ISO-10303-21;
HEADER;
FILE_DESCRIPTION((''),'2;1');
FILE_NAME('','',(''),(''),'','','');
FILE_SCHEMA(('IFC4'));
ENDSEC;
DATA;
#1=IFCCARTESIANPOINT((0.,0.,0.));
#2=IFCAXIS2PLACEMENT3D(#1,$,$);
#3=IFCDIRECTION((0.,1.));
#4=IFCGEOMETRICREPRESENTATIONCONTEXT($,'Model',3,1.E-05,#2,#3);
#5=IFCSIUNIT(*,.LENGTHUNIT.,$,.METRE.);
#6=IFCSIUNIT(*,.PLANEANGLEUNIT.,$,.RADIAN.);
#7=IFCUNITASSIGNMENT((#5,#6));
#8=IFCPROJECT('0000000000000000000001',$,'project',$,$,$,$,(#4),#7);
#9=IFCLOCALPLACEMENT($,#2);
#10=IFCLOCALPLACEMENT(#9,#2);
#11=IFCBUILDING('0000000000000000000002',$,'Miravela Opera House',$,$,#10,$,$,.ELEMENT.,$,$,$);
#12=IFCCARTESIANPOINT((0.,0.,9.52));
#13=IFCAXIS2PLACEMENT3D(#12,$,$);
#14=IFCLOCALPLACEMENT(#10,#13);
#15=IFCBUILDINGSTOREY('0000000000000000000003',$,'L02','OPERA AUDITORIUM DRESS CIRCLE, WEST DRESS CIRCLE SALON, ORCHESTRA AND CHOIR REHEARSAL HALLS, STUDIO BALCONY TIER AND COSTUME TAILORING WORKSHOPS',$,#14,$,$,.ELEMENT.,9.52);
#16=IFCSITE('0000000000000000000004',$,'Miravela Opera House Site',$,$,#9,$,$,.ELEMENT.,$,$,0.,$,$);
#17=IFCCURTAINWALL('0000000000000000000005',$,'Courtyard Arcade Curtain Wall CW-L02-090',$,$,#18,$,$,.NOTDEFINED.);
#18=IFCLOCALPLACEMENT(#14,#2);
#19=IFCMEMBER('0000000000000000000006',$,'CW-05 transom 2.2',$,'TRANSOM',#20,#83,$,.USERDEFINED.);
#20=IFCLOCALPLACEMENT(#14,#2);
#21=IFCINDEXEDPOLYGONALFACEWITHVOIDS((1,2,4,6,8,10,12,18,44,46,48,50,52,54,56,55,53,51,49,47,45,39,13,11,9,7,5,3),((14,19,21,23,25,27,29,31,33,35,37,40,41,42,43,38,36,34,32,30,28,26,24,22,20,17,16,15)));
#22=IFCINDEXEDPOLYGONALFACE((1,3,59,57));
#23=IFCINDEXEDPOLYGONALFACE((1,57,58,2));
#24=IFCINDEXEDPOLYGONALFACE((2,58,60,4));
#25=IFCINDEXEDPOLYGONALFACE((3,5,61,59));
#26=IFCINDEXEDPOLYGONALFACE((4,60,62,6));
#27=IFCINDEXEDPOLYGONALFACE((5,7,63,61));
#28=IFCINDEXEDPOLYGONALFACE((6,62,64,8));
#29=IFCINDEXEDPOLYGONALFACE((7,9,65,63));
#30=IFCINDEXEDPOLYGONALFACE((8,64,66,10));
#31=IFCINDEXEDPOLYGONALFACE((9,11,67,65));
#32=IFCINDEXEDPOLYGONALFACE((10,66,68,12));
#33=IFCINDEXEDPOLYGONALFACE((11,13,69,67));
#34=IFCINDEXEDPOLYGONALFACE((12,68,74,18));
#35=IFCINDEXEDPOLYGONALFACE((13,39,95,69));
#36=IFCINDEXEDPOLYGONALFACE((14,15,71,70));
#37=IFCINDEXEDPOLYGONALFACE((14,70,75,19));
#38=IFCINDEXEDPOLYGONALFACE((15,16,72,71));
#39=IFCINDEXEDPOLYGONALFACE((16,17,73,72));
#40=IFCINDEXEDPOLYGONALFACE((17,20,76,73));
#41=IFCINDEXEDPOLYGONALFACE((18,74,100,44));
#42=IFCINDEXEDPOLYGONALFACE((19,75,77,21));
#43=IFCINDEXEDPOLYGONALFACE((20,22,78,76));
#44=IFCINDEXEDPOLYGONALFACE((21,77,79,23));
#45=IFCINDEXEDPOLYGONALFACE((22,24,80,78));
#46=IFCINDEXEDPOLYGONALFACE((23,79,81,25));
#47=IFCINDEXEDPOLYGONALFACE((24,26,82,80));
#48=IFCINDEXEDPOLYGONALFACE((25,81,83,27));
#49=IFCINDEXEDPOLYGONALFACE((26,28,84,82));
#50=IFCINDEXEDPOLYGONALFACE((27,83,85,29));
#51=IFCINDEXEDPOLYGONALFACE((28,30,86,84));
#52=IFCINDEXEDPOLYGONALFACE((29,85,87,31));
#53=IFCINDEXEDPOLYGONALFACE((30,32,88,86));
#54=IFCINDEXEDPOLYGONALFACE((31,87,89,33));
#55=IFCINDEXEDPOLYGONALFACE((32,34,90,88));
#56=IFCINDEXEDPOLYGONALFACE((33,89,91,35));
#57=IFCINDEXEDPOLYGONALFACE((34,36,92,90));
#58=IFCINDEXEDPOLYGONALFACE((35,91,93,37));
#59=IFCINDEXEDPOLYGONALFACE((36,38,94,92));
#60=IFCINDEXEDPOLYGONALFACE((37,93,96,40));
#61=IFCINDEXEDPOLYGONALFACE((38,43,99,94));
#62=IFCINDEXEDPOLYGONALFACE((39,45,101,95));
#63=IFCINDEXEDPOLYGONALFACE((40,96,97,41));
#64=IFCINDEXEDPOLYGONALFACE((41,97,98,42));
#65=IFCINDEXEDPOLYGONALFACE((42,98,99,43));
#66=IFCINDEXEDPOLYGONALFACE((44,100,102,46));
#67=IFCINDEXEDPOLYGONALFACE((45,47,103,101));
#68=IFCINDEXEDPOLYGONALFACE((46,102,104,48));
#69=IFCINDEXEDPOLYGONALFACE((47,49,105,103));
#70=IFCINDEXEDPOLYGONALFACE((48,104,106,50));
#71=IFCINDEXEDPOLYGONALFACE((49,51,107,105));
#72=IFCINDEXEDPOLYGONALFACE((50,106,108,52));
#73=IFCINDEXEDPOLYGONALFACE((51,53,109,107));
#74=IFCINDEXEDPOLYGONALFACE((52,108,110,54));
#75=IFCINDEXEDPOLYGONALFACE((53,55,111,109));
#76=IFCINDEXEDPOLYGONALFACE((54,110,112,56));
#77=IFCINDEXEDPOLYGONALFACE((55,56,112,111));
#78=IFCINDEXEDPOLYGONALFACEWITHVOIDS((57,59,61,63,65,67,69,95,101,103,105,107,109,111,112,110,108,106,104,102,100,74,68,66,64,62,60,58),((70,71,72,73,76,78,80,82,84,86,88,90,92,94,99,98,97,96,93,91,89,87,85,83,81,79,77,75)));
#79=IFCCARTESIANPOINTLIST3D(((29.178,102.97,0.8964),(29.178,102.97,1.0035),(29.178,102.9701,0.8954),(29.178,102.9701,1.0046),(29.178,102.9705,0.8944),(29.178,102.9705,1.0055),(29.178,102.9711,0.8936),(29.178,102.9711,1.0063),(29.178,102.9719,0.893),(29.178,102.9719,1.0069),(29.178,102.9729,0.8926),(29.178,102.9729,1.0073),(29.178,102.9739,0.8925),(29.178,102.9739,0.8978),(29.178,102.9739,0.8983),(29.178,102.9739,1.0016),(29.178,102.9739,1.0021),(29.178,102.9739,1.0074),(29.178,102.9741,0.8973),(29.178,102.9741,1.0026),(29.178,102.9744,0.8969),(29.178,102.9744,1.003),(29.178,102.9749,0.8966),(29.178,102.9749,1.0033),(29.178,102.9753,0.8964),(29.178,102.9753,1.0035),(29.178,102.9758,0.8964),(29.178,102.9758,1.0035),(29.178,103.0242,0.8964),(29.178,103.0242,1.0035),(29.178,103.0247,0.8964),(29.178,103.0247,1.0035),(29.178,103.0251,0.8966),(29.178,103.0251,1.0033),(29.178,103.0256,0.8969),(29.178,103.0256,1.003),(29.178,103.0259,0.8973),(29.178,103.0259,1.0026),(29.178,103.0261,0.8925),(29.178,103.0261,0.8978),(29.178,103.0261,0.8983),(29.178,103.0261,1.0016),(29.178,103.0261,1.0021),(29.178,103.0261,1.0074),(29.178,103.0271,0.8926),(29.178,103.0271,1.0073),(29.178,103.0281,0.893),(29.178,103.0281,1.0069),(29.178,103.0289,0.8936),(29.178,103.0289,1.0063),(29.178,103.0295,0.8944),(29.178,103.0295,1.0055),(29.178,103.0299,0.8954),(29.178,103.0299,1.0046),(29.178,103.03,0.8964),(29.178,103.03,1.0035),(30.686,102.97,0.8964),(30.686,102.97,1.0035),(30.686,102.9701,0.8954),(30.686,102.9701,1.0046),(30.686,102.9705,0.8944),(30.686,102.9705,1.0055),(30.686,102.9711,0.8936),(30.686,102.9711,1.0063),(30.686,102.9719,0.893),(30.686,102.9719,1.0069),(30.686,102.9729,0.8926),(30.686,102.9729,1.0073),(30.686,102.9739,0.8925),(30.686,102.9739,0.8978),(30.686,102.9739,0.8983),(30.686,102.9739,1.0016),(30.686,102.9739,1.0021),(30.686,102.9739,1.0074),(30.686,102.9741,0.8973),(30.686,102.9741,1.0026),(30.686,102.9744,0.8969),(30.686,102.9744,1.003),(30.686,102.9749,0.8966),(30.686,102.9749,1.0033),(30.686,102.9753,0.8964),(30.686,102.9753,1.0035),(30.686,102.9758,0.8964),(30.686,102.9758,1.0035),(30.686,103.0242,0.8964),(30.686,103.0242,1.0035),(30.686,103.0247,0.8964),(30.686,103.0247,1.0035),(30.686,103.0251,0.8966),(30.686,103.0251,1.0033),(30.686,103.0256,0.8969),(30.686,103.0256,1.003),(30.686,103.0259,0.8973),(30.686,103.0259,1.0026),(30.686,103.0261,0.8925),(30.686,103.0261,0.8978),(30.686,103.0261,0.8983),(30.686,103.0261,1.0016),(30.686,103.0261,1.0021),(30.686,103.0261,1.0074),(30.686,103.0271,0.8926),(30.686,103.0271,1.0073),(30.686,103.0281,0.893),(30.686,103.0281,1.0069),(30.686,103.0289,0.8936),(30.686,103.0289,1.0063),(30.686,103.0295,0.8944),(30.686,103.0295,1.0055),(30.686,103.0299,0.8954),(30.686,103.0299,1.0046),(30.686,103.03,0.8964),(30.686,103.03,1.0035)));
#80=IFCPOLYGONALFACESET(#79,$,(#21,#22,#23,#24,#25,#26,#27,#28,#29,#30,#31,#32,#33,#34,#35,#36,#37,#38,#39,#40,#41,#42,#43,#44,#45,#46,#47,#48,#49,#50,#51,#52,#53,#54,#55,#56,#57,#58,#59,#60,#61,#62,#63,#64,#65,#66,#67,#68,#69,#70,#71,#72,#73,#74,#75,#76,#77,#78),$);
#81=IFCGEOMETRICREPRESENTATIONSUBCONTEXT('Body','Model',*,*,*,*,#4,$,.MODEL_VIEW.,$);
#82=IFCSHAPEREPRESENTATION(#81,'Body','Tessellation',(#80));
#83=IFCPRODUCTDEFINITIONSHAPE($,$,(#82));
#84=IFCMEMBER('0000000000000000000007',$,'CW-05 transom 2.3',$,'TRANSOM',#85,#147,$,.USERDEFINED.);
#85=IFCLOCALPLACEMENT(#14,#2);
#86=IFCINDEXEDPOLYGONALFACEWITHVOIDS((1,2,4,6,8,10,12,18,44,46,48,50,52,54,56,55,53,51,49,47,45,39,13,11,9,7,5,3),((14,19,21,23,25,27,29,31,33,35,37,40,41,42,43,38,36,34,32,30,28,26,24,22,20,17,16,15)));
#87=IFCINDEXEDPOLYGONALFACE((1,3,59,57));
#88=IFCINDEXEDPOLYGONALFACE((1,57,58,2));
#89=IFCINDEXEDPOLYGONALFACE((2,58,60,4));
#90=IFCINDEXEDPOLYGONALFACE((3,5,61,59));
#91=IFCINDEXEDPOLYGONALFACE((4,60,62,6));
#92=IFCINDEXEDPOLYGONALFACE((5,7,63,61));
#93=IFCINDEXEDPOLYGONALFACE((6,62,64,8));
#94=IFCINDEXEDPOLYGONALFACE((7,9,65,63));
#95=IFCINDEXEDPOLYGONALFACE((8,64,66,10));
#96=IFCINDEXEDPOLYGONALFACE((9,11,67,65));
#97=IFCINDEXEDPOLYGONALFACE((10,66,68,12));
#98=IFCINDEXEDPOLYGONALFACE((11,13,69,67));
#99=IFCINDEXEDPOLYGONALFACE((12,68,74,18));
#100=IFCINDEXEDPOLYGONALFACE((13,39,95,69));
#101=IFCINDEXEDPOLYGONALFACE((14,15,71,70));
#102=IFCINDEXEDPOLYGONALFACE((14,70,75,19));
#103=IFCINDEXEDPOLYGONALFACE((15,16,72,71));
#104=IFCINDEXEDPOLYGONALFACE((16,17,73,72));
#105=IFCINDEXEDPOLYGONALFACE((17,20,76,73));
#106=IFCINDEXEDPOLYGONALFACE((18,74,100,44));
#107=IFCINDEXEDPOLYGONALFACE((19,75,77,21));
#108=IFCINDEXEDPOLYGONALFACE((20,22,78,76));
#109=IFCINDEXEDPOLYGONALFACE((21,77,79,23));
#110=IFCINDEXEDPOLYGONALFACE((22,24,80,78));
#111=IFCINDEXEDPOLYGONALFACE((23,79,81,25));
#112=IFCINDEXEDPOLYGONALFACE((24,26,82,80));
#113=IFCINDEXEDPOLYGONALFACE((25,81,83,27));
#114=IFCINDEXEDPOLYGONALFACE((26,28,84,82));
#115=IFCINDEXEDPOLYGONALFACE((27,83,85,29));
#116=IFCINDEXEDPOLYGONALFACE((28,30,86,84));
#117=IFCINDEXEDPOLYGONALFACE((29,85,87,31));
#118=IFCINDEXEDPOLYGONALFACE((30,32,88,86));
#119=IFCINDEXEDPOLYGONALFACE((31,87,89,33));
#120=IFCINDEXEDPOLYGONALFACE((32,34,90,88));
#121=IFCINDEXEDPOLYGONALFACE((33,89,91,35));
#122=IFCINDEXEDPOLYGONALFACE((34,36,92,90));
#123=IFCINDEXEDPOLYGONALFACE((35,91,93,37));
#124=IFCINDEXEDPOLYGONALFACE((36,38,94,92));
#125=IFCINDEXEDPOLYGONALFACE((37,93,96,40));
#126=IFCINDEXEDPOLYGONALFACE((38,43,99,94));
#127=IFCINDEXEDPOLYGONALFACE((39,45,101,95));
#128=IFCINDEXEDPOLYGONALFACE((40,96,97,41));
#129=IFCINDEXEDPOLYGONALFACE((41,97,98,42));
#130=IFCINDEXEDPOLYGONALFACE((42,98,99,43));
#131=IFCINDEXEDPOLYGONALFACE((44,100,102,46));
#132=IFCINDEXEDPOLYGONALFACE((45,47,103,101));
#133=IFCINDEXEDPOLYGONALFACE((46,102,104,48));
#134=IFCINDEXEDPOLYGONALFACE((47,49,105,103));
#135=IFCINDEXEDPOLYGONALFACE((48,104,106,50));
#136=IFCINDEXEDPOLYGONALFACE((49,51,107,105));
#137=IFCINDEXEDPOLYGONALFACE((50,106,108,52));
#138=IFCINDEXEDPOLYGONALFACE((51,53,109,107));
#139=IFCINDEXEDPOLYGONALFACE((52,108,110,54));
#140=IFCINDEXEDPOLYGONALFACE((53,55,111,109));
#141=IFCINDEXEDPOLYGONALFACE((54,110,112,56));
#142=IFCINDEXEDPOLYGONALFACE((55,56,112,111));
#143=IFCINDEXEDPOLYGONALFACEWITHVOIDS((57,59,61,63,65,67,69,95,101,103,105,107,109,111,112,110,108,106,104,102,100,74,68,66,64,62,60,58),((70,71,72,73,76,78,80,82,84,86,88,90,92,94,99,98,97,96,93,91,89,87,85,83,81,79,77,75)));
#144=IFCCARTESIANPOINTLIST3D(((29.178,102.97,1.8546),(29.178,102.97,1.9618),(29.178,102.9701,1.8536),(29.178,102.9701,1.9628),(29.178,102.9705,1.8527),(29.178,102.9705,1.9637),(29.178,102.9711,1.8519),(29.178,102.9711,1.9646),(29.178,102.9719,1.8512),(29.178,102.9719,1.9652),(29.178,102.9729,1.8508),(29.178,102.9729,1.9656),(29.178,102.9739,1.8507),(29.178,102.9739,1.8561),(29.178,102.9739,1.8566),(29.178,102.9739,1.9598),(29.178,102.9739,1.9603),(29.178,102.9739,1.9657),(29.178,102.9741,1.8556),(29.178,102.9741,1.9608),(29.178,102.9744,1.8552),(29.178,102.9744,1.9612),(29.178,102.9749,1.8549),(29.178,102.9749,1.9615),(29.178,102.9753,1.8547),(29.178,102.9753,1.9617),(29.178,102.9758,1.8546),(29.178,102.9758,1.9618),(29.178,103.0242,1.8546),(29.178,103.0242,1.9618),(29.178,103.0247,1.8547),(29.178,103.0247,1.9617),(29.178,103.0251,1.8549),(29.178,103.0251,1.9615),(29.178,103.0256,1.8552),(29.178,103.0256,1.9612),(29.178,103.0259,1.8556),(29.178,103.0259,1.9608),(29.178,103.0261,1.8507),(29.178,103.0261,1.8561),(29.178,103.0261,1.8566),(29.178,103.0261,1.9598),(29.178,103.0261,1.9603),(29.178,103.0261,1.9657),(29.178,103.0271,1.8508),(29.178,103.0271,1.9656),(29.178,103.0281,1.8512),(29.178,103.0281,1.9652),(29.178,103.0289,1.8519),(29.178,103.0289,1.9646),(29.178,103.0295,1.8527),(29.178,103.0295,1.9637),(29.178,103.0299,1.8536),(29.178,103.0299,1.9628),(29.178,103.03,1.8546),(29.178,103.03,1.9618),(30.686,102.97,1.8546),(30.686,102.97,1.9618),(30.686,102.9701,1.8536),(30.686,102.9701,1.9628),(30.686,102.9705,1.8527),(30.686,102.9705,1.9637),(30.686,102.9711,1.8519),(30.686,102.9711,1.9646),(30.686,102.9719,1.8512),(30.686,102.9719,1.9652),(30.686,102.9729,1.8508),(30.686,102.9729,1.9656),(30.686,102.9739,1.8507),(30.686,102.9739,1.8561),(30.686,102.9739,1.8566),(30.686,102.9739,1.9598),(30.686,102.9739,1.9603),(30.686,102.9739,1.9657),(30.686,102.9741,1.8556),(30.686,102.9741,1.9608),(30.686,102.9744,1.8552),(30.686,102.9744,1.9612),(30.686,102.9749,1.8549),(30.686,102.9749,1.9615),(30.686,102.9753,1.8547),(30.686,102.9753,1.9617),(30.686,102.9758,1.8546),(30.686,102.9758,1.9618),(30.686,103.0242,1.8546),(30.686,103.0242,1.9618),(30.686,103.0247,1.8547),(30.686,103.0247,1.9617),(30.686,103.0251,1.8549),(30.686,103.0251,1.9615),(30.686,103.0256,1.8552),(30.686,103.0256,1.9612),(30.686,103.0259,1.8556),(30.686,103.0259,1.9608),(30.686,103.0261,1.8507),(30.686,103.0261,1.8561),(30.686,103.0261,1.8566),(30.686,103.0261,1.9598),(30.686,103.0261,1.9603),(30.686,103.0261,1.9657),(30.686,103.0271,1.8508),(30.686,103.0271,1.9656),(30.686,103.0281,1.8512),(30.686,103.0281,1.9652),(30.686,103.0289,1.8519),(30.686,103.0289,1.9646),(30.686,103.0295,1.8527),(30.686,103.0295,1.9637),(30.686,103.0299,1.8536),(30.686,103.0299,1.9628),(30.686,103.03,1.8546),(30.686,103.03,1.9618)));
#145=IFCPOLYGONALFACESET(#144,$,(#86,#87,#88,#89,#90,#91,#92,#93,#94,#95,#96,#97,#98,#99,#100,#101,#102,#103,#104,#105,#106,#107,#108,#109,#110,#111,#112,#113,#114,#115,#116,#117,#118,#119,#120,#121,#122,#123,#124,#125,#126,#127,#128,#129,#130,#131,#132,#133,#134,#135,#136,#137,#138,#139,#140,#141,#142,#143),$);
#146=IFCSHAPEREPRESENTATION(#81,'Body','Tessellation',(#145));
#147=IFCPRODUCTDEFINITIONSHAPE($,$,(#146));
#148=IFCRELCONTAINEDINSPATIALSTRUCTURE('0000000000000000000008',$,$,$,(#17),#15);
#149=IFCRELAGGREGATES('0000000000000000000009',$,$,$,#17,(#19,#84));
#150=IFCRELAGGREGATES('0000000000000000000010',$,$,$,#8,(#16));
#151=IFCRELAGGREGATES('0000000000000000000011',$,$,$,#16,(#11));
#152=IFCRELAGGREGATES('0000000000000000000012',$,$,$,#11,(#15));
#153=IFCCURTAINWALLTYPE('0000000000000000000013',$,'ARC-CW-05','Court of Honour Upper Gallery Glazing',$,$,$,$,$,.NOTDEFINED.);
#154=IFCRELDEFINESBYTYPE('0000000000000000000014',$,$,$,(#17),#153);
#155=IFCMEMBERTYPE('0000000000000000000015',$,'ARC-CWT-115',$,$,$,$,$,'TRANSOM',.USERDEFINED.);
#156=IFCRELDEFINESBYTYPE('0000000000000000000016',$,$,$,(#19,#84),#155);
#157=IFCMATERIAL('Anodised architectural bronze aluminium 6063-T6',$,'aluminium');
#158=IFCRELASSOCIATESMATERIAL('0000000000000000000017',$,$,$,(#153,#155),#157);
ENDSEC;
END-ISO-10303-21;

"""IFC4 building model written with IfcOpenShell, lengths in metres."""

from ifc_helpers import new_model, si_unit, direction, frame, origin, origin_2d, place, context, subcontext, project, spatial, hollow_rectangle, extrude, material, material_profile, profile_set, type_object, element, aggregate, save


model = new_model("IFC4")

# Units and contexts
model_context = context("Model", 3, precision=1e-05, world=origin(), true_north=direction((0.0, 1.0)))
body_context = subcontext(model_context, "Body", "Model", "MODEL_VIEW")
ifc_project = project(units=[si_unit("LENGTHUNIT", "METRE"), si_unit("PLANEANGLEUNIT", "RADIAN")], contexts=[model_context])

# Site, building, storey
site_placement = place(None, origin())
site = spatial("IfcSite", under=ifc_project, at=site_placement, Name="Miravela Opera House Site", CompositionType="ELEMENT", RefElevation=0.0)
building_placement = place(site_placement, origin())
building = spatial("IfcBuilding", under=site, at=building_placement, Name="Miravela Opera House", CompositionType="ELEMENT")
storey_placement = place(building_placement, frame((0.0, 0.0, 9.52)))
storey = spatial("IfcBuildingStorey", under=building, at=storey_placement, Name="L02", Description="OPERA AUDITORIUM DRESS CIRCLE, WEST DRESS CIRCLE SALON, ORCHESTRA AND CHOIR REHEARSAL HALLS, STUDIO BALCONY TIER AND COSTUME TAILORING WORKSHOPS", CompositionType="ELEMENT", Elevation=9.52)

# Curtain wall, members
ifc_material_1 = material(Name="Anodised architectural bronze aluminium 6063-T6", Category="aluminium")
curtain_wall_type = type_object("IfcCurtainWallType", Name="ARC-CW-05", Description="Court of Honour Upper Gallery Glazing", PredefinedType="NOTDEFINED", material=ifc_material_1)
curtain_wall_placement = place(storey_placement, origin())
curtain_wall = element("IfcCurtainWall", 1, at=curtain_wall_placement, inside=storey, type_object=curtain_wall_type, Name="Courtyard Arcade Curtain Wall CW-L02-090", PredefinedType="NOTDEFINED")
ifc_material_profile_1 = material_profile(ifc_material_1, hollow_rectangle(XDim=0.0601, YDim=0.115, WallThickness=0.0039, InnerFilletRadius=0.002, OuterFilletRadius=0.0039, at=origin_2d()), Name="CWT-60X115")
ifc_profile_set_1 = profile_set([ifc_material_profile_1])
member_type_1 = type_object("IfcMemberType", Name="ARC-CWT-115", ElementType="TRANSOM", PredefinedType="USERDEFINED", material=ifc_profile_set_1)
member_1_placement = place(storey_placement, frame((29.178, 103.0, 0.95), z_axis=(1.0, 0.0, 0.0), x_axis=(0.0, 1.0, 0.0)))
member_1 = element("IfcMember", 2, at=member_1_placement, type_object=member_type_1, Name="CW-05 transom 2.2", ObjectType="TRANSOM", PredefinedType="USERDEFINED", context=body_context, shape_type="SweptSolid", body=[
    extrude(hollow_rectangle(XDim=0.0601, YDim=0.115, WallThickness=0.0039, InnerFilletRadius=0.002, OuterFilletRadius=0.0039, at=origin_2d()), origin(), (0.0, 0.0, 1.0), 1.5081),
])
member_2_placement = place(storey_placement, frame((29.178, 103.0, 1.9082), z_axis=(1.0, 0.0, 0.0), x_axis=(0.0, 1.0, 0.0)))
member_2 = element("IfcMember", 3, at=member_2_placement, type_object=member_type_1, Name="CW-05 transom 2.3", ObjectType="TRANSOM", PredefinedType="USERDEFINED", context=body_context, shape_type="SweptSolid", body=[
    extrude(hollow_rectangle(XDim=0.0601, YDim=0.115, WallThickness=0.0039, InnerFilletRadius=0.002, OuterFilletRadius=0.0039, at=origin_2d()), origin(), (0.0, 0.0, 1.0), 1.5081),
])
aggregate(curtain_wall, [member_1, member_2])

save(model, "model.ifc")
